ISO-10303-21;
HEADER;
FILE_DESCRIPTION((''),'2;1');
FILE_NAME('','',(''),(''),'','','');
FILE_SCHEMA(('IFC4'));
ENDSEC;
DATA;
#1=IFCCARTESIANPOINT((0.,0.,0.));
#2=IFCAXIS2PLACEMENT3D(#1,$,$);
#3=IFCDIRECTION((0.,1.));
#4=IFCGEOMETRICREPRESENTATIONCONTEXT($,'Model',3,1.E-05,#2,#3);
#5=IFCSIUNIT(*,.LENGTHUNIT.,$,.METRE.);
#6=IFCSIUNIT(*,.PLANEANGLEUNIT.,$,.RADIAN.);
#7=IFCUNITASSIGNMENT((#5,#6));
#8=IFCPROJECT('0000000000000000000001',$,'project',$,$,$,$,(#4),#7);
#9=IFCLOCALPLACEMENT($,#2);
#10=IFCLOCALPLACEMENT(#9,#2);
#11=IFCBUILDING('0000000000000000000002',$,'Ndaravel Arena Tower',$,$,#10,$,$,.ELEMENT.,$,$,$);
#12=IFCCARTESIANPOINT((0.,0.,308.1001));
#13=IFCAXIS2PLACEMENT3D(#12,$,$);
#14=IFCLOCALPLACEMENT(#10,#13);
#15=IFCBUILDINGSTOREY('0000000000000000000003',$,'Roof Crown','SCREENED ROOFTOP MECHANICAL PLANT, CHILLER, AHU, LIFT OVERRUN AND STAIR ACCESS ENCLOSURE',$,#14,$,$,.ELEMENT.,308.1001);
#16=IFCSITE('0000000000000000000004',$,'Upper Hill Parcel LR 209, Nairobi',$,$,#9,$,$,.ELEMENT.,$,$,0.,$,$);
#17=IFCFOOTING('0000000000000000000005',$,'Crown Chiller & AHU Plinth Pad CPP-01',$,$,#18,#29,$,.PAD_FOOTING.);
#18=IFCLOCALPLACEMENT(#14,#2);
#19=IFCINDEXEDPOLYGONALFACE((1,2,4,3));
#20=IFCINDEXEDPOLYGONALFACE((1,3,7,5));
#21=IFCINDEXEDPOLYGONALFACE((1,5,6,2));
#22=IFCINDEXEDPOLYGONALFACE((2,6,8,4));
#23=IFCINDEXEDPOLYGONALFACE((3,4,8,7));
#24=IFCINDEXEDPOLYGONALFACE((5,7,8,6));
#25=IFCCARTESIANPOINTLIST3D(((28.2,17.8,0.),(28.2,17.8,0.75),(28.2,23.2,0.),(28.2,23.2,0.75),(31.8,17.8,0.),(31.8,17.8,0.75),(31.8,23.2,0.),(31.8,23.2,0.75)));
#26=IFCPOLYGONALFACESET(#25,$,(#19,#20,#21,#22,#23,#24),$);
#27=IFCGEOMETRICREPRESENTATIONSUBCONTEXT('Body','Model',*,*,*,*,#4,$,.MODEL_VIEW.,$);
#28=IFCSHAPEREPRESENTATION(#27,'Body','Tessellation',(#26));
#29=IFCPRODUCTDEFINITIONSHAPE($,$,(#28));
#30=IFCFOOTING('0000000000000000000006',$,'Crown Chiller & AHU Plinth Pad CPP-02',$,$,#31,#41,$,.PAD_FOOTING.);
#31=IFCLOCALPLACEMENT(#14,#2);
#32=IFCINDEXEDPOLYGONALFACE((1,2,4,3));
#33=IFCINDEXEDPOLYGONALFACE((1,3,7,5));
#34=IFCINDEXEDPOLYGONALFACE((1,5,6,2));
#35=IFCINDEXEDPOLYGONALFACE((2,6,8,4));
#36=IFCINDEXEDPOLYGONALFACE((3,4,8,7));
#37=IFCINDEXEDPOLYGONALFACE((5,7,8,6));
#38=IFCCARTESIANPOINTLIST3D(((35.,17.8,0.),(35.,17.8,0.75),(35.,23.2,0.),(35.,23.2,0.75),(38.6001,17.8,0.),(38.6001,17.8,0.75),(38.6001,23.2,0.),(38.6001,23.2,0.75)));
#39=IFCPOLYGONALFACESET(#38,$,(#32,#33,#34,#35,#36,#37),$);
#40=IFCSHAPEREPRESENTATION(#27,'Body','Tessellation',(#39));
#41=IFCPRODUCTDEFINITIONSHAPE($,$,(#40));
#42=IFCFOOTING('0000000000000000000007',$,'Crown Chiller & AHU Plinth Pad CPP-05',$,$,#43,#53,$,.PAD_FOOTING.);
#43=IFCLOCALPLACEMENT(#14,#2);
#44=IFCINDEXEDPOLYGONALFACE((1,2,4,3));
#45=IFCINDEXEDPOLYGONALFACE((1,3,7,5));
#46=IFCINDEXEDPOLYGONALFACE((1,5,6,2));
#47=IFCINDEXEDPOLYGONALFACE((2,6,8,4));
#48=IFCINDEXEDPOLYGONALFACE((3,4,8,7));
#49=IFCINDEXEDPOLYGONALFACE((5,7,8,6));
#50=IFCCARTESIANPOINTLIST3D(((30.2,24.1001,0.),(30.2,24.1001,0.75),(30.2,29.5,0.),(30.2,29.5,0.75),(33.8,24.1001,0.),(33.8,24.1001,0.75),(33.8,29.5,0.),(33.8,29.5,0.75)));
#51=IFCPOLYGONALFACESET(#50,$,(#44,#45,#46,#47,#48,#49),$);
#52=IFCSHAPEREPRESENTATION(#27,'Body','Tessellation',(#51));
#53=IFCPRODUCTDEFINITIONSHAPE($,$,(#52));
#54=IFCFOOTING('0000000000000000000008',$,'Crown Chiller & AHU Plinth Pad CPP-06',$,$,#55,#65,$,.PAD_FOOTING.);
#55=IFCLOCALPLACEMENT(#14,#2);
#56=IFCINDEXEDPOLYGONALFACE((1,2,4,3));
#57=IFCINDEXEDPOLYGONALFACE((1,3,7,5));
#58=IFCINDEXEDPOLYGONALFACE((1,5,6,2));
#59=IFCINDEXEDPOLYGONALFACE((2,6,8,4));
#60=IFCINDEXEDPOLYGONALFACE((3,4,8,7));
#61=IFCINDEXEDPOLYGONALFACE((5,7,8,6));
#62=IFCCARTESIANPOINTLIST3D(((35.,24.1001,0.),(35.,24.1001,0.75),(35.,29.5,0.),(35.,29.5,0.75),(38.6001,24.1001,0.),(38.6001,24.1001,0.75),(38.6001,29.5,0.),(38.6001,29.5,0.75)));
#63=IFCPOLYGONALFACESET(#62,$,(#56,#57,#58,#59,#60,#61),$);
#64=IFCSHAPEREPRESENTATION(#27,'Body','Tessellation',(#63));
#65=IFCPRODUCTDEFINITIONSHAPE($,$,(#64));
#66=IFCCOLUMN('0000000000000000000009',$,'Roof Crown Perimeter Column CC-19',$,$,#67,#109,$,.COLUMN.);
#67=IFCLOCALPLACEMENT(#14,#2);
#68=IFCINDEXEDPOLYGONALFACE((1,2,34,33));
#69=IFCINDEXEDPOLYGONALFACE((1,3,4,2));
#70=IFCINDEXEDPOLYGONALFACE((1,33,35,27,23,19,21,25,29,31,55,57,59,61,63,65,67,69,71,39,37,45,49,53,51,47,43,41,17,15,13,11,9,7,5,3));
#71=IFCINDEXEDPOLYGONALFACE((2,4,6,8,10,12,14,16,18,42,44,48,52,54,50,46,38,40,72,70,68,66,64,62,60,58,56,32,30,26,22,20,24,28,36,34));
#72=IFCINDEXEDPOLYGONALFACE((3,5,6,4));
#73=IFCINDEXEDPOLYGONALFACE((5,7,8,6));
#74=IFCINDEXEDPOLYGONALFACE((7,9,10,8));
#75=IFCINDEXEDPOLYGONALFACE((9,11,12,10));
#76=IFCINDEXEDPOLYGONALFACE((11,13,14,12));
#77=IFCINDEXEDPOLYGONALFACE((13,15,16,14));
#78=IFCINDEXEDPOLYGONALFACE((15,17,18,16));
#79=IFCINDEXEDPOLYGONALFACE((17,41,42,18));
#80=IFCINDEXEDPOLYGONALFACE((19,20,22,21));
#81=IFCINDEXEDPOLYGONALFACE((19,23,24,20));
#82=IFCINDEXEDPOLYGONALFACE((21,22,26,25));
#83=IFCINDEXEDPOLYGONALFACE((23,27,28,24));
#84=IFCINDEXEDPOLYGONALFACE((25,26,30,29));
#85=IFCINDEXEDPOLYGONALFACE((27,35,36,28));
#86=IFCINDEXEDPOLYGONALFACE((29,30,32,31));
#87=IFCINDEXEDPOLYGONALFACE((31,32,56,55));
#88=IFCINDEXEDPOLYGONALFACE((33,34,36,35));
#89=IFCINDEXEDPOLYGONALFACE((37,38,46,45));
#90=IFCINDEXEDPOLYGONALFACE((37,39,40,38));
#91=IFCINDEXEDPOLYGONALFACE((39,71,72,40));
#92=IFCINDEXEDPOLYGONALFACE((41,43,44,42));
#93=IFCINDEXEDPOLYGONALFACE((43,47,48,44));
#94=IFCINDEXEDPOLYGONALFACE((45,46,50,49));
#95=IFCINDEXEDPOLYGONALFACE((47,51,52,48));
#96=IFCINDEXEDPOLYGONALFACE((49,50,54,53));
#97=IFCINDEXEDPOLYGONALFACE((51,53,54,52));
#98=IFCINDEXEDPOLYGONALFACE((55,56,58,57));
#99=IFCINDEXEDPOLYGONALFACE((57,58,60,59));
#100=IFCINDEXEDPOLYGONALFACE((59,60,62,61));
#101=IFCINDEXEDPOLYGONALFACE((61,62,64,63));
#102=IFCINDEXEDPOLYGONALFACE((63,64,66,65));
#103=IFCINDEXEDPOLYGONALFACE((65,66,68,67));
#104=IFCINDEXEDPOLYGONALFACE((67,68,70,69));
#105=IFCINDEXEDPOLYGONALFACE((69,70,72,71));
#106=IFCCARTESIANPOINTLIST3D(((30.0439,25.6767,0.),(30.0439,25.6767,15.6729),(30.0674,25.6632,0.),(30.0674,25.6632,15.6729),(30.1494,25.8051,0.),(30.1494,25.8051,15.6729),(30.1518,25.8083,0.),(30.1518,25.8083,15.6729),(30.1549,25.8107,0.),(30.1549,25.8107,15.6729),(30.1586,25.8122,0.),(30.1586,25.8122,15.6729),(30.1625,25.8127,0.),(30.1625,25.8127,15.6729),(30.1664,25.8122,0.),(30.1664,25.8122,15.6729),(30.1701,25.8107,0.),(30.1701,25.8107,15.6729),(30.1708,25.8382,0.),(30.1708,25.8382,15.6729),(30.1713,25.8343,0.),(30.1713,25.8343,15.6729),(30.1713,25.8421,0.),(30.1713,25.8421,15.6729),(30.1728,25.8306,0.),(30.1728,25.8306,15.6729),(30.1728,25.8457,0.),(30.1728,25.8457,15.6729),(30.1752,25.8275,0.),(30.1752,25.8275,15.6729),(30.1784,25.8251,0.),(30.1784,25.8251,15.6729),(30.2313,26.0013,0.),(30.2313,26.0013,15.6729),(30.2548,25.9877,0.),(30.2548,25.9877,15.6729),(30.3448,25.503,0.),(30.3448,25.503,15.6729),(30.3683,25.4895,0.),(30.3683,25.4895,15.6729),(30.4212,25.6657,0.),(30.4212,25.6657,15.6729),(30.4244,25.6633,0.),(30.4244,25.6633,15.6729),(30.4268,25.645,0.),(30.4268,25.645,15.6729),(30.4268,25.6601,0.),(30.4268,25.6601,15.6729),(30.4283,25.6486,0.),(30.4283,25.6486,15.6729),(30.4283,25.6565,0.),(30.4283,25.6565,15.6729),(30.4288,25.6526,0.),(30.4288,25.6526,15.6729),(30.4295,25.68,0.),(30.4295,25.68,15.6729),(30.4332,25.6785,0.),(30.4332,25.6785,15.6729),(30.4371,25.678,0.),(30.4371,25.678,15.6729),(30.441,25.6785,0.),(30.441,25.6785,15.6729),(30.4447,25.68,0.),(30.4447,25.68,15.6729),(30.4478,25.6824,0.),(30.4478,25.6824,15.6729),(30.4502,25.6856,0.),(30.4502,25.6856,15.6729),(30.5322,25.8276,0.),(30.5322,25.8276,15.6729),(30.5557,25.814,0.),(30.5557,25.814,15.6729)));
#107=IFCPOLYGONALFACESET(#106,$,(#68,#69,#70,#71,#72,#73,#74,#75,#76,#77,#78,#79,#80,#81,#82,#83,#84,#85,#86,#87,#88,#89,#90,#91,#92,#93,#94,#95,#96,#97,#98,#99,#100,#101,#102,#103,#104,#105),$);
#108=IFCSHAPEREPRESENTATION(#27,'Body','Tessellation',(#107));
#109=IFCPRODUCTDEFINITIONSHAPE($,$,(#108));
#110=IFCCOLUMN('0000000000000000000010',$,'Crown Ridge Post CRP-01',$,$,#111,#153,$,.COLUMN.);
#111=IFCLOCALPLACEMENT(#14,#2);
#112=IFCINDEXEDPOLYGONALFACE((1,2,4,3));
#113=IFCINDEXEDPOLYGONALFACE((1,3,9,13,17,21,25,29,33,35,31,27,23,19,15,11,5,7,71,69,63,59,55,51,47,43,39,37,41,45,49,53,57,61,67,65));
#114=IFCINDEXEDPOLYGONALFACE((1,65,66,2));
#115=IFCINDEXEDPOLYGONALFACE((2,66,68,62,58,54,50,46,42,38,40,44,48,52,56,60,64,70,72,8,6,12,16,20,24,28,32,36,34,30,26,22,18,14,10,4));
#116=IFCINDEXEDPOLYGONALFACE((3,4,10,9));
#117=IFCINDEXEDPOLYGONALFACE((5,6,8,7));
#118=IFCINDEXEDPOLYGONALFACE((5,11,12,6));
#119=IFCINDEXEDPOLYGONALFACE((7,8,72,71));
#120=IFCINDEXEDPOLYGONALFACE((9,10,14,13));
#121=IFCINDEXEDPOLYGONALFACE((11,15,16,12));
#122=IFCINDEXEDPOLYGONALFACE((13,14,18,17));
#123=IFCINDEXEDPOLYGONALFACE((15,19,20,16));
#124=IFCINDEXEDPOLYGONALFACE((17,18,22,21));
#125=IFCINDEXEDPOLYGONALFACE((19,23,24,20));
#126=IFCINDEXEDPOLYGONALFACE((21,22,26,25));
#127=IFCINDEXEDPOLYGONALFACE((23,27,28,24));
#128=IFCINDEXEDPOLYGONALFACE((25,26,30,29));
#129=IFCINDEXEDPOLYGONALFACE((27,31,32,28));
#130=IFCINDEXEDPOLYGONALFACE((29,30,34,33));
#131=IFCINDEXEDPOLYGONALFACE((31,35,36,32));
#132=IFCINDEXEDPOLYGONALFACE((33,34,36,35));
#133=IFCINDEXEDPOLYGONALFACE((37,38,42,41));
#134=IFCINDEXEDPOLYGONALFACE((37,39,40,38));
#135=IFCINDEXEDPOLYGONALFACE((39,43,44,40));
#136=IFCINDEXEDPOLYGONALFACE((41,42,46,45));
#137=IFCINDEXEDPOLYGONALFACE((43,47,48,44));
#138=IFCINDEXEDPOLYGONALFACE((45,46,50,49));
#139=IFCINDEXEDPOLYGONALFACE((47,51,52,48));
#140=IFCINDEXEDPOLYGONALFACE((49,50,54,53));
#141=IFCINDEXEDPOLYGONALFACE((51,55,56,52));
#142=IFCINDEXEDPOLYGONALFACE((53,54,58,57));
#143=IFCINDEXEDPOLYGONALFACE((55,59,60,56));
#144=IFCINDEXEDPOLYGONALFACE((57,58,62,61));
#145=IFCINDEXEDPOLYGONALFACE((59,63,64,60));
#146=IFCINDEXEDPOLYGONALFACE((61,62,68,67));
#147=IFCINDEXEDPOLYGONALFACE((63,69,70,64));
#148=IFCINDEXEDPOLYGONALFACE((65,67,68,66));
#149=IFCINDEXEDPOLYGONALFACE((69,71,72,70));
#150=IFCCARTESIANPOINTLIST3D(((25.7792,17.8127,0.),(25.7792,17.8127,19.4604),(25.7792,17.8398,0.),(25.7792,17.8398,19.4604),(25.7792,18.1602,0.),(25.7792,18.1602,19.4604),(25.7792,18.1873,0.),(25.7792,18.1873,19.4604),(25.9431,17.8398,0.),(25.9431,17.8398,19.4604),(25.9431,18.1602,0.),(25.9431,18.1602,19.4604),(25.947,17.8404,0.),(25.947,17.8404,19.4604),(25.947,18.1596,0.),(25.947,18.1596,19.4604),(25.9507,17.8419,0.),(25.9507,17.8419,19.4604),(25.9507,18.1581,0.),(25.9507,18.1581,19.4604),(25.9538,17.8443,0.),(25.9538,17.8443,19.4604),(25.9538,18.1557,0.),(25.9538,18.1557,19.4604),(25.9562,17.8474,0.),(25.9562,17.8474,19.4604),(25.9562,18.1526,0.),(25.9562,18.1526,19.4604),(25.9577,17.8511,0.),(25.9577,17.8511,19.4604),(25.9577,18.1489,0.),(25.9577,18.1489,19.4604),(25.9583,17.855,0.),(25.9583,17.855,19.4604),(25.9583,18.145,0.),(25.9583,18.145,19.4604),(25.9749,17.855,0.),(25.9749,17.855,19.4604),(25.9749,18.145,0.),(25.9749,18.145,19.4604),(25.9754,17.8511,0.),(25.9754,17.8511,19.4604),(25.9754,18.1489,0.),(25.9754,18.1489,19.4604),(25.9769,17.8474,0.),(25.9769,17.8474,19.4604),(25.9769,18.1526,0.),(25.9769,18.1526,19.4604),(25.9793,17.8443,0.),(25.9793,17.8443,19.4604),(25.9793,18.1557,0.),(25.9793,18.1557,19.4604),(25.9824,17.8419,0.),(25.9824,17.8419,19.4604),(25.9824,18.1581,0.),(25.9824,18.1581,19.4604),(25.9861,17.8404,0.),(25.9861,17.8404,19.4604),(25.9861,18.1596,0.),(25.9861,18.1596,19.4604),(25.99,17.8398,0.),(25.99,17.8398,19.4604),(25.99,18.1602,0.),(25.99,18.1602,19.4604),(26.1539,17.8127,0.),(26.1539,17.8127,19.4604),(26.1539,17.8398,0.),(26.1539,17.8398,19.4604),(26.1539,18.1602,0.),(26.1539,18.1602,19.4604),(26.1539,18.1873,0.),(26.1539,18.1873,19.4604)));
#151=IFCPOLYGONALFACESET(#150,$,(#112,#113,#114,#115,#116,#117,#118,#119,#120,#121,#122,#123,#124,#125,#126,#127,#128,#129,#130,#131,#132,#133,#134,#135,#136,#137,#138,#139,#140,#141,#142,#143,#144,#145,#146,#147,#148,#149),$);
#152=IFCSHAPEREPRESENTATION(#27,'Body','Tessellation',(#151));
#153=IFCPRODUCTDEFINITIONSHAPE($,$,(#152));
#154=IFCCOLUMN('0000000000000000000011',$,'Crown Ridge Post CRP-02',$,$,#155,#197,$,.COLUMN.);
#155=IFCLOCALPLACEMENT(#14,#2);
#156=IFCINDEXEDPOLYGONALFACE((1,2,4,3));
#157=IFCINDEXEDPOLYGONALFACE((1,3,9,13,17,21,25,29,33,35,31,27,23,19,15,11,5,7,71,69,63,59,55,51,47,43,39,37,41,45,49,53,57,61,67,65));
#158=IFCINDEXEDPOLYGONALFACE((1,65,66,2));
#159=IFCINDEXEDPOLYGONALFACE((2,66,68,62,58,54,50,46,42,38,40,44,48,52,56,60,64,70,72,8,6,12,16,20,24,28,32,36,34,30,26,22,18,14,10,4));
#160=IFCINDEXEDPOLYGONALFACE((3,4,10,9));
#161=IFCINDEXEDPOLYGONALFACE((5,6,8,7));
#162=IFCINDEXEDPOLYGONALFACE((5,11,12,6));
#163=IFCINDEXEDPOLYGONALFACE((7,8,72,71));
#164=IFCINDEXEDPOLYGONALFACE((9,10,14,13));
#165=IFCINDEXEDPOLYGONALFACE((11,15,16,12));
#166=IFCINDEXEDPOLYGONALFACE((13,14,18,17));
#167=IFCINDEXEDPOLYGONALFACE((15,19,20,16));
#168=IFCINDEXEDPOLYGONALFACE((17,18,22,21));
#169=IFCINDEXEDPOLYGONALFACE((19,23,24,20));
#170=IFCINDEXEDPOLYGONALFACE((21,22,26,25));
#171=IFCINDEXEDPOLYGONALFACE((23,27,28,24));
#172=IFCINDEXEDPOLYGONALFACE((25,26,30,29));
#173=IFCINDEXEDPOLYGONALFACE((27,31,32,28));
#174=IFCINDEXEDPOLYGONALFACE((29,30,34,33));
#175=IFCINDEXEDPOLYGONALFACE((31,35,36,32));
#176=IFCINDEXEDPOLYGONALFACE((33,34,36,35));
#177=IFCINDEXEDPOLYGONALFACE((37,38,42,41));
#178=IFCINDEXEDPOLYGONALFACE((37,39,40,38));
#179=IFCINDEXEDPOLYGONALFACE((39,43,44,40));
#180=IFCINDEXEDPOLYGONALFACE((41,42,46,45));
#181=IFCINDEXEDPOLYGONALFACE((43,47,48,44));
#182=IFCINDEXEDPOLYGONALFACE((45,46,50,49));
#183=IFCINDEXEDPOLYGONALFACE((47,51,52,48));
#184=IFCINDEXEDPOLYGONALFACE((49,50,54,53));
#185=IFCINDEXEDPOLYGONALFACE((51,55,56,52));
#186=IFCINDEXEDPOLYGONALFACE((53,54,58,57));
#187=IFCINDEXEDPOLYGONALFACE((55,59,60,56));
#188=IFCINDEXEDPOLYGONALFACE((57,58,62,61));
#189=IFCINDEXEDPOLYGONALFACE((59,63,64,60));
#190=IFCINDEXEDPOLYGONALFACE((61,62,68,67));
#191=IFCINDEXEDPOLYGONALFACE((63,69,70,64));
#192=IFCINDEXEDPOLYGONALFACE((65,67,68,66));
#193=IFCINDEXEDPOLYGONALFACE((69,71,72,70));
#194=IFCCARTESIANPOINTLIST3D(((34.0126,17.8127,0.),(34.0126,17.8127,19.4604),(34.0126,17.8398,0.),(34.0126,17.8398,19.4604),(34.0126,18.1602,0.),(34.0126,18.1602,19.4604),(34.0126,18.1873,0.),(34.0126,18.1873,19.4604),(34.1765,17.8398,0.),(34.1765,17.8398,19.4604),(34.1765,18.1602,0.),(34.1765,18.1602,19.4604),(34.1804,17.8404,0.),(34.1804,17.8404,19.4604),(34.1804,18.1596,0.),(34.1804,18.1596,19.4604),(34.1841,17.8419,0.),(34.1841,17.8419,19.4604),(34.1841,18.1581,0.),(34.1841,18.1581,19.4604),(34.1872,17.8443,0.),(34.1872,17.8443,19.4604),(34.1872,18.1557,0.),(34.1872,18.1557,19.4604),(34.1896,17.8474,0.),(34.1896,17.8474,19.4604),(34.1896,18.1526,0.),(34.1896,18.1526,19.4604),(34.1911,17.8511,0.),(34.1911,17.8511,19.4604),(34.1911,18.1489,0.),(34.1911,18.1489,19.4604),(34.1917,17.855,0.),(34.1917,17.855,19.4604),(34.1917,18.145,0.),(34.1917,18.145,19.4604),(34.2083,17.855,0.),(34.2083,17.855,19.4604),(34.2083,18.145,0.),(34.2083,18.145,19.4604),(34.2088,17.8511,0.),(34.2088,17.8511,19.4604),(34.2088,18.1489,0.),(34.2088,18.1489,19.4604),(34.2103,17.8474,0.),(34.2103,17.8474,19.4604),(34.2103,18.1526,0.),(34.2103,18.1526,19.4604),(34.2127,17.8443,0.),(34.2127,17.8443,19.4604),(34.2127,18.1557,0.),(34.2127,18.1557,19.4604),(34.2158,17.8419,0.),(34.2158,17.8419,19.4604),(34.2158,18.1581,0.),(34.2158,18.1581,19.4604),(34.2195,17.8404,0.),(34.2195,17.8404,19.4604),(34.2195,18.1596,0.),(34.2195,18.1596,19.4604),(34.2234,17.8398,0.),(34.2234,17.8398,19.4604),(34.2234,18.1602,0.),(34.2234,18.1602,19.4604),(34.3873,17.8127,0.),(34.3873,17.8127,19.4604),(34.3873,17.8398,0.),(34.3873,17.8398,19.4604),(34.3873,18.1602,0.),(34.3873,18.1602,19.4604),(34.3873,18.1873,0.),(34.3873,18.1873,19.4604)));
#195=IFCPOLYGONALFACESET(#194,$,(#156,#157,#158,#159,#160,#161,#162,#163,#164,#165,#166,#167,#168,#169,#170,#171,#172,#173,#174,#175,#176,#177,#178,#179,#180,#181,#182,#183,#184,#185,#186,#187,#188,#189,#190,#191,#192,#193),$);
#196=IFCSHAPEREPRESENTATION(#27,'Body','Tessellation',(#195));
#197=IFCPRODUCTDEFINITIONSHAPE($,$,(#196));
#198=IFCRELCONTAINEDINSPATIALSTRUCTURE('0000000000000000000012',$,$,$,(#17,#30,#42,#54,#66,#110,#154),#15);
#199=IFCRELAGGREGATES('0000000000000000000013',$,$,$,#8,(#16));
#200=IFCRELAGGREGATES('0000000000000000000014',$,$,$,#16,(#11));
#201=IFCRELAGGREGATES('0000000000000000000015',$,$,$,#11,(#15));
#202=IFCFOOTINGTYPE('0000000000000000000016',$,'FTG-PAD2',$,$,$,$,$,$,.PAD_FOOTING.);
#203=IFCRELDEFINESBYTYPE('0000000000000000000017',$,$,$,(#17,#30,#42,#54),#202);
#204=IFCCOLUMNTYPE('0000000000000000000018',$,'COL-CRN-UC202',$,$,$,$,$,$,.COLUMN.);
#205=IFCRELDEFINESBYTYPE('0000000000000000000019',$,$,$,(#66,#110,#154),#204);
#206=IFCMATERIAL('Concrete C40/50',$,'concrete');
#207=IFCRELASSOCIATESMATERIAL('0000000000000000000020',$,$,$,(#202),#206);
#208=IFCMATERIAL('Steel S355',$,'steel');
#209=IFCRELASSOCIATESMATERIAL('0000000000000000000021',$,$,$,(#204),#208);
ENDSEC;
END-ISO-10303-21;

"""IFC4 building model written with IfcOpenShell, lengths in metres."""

from ifc_helpers import new_model, si_unit, direction, frame, origin, origin_2d, place, context, subcontext, project, spatial, rectangle, i_section, extrude, material, material_profile, profile_set, type_object, element, save


model = new_model("IFC4")

# Units and contexts
model_context = context("Model", 3, precision=1e-05, world=origin(), true_north=direction((0.0, 1.0)))
body_context = subcontext(model_context, "Body", "Model", "MODEL_VIEW")
ifc_project = project(units=[si_unit("LENGTHUNIT", "METRE"), si_unit("PLANEANGLEUNIT", "RADIAN")], contexts=[model_context])

# Site, building, storey
site_placement = place(None, origin())
site = spatial("IfcSite", under=ifc_project, at=site_placement, Name="Upper Hill Parcel LR 209, Nairobi", CompositionType="ELEMENT", RefElevation=0.0)
building_placement = place(site_placement, origin())
building = spatial("IfcBuilding", under=site, at=building_placement, Name="Ndaravel Arena Tower", CompositionType="ELEMENT")
storey_placement = place(building_placement, frame((0.0, 0.0, 308.1001)))
storey = spatial("IfcBuildingStorey", under=building, at=storey_placement, Name="Roof Crown", Description="SCREENED ROOFTOP MECHANICAL PLANT, CHILLER, AHU, LIFT OVERRUN AND STAIR ACCESS ENCLOSURE", CompositionType="ELEMENT", Elevation=308.1001)

# Footings
ifc_material_1 = material(Name="Concrete C40/50", Category="concrete")
footing_type = type_object("IfcFootingType", Name="FTG-PAD2", PredefinedType="PAD_FOOTING", material=ifc_material_1)
for number, where, z_axis, x_axis, name in (
    (1, (30.0, 20.5, 0.0), (0.0, 0.0, 1.0), (1.0, 0.0, 0.0), "Crown Chiller & AHU Plinth Pad CPP-01"),
    (2, (36.8, 20.5, 0.0), (0.0, 0.0, 1.0), (1.0, 0.0, 0.0), "Crown Chiller & AHU Plinth Pad CPP-02"),
    (3, (32.0, 26.8, 0.0), (0.0, 0.0, 1.0), (1.0, 0.0, 0.0), "Crown Chiller & AHU Plinth Pad CPP-05"),
    (4, (36.8, 26.8, 0.0), (0.0, 0.0, 1.0), (1.0, 0.0, 0.0), "Crown Chiller & AHU Plinth Pad CPP-06"),
):
    element("IfcFooting", number, at=place(storey_placement, frame(where, z_axis=z_axis, x_axis=x_axis)), inside=storey, type_object=footing_type, Name=name, PredefinedType="PAD_FOOTING", context=body_context, shape_type="SweptSolid", body=[
        extrude(rectangle(XDim=3.6001, YDim=5.3999, at=origin_2d()), origin(), (0.0, 0.0, 1.0), 0.75),
    ])

# Columns
ifc_material_2 = material(Name="Steel S355", Category="steel")
ifc_material_profile_1 = material_profile(ifc_material_2, i_section(OverallWidth=0.3748, OverallDepth=0.3745, WebThickness=0.0166, FlangeThickness=0.0271, FilletRadius=0.0151, at=origin_2d()), Name="UC 356x368x202")
ifc_profile_set_1 = profile_set([ifc_material_profile_1], Name="Steel S355")
column_type = type_object("IfcColumnType", Name="COL-CRN-UC202", PredefinedType="COLUMN", material=ifc_profile_set_1)
column_placement = place(storey_placement, frame((30.2998, 25.7454, 0.0), z_axis=(0.0, 0.0, 1.0), x_axis=(0.5, 0.866025, 0.0)))
element("IfcColumn", 5, at=column_placement, inside=storey, type_object=column_type, Name="Roof Crown Perimeter Column CC-19", PredefinedType="COLUMN", context=body_context, shape_type="SweptSolid", body=[
    extrude(i_section(OverallWidth=0.3748, OverallDepth=0.3745, WebThickness=0.0166, FlangeThickness=0.0271, FilletRadius=0.0151, at=origin_2d()), origin(), (0.0, 0.0, 1.0), 15.6729),
])
for number, where, z_axis, x_axis, name in (
    (6, (25.9666, 18.0, 0.0), (0.0, 0.0, 1.0), (1.0, 0.0, 0.0), "Crown Ridge Post CRP-01"),
    (7, (34.2, 18.0, 0.0), (0.0, 0.0, 1.0), (1.0, 0.0, 0.0), "Crown Ridge Post CRP-02"),
):
    element("IfcColumn", number, at=place(storey_placement, frame(where, z_axis=z_axis, x_axis=x_axis)), inside=storey, type_object=column_type, Name=name, PredefinedType="COLUMN", context=body_context, shape_type="SweptSolid", body=[
        extrude(i_section(OverallWidth=0.3748, OverallDepth=0.3745, WebThickness=0.0166, FlangeThickness=0.0271, FilletRadius=0.0151, at=origin_2d()), origin(), (0.0, 0.0, 1.0), 19.4604),
    ])

save(model, "model.ifc")
